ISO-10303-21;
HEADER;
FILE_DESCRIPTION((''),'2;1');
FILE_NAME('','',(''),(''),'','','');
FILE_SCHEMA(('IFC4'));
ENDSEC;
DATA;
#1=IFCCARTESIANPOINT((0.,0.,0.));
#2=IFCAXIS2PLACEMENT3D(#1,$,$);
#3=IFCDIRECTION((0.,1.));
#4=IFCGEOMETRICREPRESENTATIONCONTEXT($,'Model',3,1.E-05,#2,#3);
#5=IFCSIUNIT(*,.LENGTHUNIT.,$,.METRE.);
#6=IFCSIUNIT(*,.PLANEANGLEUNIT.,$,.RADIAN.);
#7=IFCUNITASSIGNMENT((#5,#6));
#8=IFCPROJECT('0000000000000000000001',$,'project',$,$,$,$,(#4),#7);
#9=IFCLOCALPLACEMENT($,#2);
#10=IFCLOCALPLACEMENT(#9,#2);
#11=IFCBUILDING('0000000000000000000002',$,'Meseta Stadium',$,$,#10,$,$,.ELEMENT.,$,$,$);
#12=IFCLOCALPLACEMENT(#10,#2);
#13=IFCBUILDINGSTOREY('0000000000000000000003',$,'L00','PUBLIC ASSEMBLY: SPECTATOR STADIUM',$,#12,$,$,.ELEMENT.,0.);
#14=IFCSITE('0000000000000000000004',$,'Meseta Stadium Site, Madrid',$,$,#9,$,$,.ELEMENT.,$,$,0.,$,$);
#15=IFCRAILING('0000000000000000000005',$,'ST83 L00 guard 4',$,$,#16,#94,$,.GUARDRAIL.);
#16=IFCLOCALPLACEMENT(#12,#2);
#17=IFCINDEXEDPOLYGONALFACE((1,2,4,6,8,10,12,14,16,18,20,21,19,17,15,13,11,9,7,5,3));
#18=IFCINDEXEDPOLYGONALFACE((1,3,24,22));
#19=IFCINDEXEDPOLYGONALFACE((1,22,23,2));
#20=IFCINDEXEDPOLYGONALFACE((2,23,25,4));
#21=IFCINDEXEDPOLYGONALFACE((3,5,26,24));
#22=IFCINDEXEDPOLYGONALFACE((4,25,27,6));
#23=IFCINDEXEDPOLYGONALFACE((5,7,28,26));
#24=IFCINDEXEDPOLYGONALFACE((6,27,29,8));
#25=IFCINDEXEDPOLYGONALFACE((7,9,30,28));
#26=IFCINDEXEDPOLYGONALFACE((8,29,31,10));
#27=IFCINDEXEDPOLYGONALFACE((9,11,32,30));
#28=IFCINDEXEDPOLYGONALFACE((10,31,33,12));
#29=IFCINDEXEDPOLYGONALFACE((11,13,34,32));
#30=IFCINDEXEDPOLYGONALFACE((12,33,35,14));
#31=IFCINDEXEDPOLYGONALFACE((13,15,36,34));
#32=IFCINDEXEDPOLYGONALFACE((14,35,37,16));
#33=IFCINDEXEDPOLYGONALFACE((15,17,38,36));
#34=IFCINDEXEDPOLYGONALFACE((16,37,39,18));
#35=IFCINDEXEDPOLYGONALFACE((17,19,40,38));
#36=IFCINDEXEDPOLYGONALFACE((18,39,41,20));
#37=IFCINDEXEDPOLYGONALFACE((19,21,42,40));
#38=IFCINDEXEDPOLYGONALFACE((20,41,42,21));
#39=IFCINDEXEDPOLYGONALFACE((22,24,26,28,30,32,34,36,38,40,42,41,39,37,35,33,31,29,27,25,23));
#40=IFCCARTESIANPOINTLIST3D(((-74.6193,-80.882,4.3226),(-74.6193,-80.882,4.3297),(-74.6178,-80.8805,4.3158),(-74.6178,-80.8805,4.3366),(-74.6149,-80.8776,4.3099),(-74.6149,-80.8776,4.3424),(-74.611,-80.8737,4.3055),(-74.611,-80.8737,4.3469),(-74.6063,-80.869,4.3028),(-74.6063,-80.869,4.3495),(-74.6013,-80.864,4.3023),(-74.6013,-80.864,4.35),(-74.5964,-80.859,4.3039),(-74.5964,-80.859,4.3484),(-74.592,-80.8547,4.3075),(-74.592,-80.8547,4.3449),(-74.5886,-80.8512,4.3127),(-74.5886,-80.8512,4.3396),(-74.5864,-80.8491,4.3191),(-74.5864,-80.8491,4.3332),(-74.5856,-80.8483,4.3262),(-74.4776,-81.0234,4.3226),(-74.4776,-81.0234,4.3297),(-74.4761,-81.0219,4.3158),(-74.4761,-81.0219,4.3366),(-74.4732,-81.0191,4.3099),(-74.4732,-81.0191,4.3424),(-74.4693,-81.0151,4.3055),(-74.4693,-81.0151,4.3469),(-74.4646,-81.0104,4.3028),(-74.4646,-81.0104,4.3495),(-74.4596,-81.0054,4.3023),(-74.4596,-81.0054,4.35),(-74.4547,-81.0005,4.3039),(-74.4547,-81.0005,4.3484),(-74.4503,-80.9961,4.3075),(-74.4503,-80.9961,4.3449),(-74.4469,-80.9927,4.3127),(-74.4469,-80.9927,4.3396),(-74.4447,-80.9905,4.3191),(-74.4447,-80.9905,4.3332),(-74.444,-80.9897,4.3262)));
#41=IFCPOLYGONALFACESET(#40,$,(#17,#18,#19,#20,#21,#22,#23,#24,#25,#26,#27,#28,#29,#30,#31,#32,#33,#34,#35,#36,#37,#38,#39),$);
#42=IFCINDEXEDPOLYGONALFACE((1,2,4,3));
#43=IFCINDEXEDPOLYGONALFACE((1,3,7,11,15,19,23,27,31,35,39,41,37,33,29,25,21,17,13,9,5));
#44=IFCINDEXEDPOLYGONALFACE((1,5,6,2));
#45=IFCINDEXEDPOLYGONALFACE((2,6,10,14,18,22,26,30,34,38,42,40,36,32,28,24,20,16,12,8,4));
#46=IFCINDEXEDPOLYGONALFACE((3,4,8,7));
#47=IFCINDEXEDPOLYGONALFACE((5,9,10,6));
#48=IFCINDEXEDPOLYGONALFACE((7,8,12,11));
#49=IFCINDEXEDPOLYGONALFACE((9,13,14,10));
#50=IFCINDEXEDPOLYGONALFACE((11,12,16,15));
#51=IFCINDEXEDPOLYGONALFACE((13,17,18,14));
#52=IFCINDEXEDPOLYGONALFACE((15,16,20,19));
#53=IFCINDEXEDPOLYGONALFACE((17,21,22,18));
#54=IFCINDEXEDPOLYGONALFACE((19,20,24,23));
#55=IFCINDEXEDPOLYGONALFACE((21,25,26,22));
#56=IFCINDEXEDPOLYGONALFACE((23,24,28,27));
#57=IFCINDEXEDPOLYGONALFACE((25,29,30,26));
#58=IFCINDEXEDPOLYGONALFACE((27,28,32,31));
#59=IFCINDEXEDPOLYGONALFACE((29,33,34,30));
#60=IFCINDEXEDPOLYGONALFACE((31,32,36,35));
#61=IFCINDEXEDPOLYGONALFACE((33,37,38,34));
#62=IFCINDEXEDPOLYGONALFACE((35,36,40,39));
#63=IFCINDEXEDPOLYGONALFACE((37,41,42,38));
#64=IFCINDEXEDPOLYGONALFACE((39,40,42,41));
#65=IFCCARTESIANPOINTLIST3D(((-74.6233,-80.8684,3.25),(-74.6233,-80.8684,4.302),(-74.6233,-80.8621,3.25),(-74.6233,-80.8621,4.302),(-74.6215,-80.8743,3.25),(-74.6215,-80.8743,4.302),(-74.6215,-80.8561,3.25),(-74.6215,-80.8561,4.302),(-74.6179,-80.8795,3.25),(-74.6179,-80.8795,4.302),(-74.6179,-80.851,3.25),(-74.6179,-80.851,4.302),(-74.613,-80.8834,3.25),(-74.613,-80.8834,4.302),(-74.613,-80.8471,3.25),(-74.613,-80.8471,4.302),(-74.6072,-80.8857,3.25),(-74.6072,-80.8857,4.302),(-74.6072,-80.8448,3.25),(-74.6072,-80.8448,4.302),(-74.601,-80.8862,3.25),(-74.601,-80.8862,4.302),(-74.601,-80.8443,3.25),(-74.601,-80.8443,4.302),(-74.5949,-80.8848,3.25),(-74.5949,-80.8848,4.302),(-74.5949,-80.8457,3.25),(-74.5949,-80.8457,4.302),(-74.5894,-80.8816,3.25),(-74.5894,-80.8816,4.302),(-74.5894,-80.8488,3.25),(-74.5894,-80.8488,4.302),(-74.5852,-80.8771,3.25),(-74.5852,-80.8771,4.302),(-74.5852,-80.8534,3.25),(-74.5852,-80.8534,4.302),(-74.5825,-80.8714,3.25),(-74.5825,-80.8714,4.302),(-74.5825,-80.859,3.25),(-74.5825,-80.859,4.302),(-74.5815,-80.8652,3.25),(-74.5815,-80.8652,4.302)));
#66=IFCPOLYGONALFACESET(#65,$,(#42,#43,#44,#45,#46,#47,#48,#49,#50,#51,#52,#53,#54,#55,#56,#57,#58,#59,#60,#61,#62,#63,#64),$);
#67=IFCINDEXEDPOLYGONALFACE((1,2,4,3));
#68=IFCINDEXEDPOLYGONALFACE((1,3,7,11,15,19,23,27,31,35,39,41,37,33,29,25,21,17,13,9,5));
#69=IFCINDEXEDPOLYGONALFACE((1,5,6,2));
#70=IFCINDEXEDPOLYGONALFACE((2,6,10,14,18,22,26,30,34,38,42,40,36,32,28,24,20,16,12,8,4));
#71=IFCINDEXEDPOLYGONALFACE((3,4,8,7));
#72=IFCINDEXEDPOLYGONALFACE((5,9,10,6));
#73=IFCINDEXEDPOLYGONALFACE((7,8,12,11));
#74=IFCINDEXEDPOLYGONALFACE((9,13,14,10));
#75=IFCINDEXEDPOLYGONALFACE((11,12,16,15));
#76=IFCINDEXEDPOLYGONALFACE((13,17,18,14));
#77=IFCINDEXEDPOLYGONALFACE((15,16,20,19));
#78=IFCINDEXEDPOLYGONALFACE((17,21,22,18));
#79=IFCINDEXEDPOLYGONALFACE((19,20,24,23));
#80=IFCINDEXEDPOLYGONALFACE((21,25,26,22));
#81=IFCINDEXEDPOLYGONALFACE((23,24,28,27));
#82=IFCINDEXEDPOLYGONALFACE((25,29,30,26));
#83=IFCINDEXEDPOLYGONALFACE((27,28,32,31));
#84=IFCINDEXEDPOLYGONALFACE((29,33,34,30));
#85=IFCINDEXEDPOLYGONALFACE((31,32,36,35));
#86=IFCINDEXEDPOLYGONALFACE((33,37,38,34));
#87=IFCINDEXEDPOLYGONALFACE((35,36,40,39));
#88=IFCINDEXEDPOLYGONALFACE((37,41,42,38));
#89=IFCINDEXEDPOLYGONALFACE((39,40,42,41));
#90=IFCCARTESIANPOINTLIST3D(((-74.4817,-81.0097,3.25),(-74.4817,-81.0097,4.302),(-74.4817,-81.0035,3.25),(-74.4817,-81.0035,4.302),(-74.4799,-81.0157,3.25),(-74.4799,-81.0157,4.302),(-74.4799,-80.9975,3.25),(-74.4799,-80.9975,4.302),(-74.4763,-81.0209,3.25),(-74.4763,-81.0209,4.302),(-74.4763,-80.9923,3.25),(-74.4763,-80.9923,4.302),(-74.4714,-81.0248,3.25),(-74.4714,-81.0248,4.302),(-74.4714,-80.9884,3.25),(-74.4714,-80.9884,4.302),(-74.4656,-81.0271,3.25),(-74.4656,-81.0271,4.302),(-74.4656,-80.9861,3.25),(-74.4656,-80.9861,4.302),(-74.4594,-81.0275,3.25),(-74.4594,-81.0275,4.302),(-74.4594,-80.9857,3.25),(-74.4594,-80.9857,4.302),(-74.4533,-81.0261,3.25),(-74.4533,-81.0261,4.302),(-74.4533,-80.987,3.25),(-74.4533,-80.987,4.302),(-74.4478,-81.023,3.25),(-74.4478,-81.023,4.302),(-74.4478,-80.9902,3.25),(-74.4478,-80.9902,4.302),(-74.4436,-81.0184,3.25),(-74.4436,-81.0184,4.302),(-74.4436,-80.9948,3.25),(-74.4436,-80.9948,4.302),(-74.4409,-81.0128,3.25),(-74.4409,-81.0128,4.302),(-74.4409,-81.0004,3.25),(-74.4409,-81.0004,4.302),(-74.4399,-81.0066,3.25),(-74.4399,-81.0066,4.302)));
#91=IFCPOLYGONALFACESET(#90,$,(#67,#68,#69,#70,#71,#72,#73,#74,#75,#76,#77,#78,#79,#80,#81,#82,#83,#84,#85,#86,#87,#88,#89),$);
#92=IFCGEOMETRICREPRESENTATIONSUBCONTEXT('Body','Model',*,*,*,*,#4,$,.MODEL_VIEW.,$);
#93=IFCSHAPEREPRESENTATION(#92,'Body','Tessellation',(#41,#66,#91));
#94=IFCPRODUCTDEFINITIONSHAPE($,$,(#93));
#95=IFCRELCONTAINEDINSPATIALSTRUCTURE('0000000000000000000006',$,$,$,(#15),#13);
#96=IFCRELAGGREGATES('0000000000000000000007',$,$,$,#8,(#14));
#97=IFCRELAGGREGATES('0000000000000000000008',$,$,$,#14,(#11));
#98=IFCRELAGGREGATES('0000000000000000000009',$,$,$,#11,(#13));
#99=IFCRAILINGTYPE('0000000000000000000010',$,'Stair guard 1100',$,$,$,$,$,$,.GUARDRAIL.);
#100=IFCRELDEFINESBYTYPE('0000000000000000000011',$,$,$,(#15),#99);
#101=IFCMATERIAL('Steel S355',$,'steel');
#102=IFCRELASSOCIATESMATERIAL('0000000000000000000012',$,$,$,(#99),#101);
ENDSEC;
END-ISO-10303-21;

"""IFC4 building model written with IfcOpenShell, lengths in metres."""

from ifc_helpers import new_model, si_unit, direction, frame, origin, origin_2d, place, context, subcontext, project, spatial, circle, extrude, material, type_object, element, save


model = new_model("IFC4")

# Units and contexts
model_context = context("Model", 3, precision=1e-05, world=origin(), true_north=direction((0.0, 1.0)))
body_context = subcontext(model_context, "Body", "Model", "MODEL_VIEW")
ifc_project = project(units=[si_unit("LENGTHUNIT", "METRE"), si_unit("PLANEANGLEUNIT", "RADIAN")], contexts=[model_context])

# Site, building, storey
site_placement = place(None, origin())
site = spatial("IfcSite", under=ifc_project, at=site_placement, Name="Meseta Stadium Site, Madrid", CompositionType="ELEMENT", RefElevation=0.0)
building_placement = place(site_placement, origin())
building = spatial("IfcBuilding", under=site, at=building_placement, Name="Meseta Stadium", CompositionType="ELEMENT")
storey_placement = place(building_placement, origin())
storey = spatial("IfcBuildingStorey", under=building, at=storey_placement, Name="L00", Description="PUBLIC ASSEMBLY: SPECTATOR STADIUM", CompositionType="ELEMENT", Elevation=0.0)

# Railing
ifc_material_1 = material(Name="Steel S355", Category="steel")
railing_type_1 = type_object("IfcRailingType", Name="Stair guard 1100", PredefinedType="GUARDRAIL", material=ifc_material_1)
railing_1_placement = place(storey_placement, frame((-74.6025, -80.8652, 3.25)))
element("IfcRailing", 1, at=railing_1_placement, inside=storey, type_object=railing_type_1, Name="ST83 L00 guard 4", PredefinedType="GUARDRAIL", context=body_context, shape_type="SweptSolid", body=[
    extrude(circle(Radius=0.0239, at=origin_2d()), frame((0.0, 0.0, 1.0762), z_axis=(0.707717, -0.706496, 0.0), x_axis=(0.706496, 0.707717, 0.0)), (0.0, 0.0, 1.0), 0.2002),
    extrude(circle(Radius=0.021, at=origin_2d()), origin(), (0.0, 0.0, 1.0), 1.052),
    extrude(circle(Radius=0.021, at=origin_2d()), frame((0.1416, -0.1414, 0.0)), (0.0, 0.0, 1.0), 1.052),
])

save(model, "model.ifc")
